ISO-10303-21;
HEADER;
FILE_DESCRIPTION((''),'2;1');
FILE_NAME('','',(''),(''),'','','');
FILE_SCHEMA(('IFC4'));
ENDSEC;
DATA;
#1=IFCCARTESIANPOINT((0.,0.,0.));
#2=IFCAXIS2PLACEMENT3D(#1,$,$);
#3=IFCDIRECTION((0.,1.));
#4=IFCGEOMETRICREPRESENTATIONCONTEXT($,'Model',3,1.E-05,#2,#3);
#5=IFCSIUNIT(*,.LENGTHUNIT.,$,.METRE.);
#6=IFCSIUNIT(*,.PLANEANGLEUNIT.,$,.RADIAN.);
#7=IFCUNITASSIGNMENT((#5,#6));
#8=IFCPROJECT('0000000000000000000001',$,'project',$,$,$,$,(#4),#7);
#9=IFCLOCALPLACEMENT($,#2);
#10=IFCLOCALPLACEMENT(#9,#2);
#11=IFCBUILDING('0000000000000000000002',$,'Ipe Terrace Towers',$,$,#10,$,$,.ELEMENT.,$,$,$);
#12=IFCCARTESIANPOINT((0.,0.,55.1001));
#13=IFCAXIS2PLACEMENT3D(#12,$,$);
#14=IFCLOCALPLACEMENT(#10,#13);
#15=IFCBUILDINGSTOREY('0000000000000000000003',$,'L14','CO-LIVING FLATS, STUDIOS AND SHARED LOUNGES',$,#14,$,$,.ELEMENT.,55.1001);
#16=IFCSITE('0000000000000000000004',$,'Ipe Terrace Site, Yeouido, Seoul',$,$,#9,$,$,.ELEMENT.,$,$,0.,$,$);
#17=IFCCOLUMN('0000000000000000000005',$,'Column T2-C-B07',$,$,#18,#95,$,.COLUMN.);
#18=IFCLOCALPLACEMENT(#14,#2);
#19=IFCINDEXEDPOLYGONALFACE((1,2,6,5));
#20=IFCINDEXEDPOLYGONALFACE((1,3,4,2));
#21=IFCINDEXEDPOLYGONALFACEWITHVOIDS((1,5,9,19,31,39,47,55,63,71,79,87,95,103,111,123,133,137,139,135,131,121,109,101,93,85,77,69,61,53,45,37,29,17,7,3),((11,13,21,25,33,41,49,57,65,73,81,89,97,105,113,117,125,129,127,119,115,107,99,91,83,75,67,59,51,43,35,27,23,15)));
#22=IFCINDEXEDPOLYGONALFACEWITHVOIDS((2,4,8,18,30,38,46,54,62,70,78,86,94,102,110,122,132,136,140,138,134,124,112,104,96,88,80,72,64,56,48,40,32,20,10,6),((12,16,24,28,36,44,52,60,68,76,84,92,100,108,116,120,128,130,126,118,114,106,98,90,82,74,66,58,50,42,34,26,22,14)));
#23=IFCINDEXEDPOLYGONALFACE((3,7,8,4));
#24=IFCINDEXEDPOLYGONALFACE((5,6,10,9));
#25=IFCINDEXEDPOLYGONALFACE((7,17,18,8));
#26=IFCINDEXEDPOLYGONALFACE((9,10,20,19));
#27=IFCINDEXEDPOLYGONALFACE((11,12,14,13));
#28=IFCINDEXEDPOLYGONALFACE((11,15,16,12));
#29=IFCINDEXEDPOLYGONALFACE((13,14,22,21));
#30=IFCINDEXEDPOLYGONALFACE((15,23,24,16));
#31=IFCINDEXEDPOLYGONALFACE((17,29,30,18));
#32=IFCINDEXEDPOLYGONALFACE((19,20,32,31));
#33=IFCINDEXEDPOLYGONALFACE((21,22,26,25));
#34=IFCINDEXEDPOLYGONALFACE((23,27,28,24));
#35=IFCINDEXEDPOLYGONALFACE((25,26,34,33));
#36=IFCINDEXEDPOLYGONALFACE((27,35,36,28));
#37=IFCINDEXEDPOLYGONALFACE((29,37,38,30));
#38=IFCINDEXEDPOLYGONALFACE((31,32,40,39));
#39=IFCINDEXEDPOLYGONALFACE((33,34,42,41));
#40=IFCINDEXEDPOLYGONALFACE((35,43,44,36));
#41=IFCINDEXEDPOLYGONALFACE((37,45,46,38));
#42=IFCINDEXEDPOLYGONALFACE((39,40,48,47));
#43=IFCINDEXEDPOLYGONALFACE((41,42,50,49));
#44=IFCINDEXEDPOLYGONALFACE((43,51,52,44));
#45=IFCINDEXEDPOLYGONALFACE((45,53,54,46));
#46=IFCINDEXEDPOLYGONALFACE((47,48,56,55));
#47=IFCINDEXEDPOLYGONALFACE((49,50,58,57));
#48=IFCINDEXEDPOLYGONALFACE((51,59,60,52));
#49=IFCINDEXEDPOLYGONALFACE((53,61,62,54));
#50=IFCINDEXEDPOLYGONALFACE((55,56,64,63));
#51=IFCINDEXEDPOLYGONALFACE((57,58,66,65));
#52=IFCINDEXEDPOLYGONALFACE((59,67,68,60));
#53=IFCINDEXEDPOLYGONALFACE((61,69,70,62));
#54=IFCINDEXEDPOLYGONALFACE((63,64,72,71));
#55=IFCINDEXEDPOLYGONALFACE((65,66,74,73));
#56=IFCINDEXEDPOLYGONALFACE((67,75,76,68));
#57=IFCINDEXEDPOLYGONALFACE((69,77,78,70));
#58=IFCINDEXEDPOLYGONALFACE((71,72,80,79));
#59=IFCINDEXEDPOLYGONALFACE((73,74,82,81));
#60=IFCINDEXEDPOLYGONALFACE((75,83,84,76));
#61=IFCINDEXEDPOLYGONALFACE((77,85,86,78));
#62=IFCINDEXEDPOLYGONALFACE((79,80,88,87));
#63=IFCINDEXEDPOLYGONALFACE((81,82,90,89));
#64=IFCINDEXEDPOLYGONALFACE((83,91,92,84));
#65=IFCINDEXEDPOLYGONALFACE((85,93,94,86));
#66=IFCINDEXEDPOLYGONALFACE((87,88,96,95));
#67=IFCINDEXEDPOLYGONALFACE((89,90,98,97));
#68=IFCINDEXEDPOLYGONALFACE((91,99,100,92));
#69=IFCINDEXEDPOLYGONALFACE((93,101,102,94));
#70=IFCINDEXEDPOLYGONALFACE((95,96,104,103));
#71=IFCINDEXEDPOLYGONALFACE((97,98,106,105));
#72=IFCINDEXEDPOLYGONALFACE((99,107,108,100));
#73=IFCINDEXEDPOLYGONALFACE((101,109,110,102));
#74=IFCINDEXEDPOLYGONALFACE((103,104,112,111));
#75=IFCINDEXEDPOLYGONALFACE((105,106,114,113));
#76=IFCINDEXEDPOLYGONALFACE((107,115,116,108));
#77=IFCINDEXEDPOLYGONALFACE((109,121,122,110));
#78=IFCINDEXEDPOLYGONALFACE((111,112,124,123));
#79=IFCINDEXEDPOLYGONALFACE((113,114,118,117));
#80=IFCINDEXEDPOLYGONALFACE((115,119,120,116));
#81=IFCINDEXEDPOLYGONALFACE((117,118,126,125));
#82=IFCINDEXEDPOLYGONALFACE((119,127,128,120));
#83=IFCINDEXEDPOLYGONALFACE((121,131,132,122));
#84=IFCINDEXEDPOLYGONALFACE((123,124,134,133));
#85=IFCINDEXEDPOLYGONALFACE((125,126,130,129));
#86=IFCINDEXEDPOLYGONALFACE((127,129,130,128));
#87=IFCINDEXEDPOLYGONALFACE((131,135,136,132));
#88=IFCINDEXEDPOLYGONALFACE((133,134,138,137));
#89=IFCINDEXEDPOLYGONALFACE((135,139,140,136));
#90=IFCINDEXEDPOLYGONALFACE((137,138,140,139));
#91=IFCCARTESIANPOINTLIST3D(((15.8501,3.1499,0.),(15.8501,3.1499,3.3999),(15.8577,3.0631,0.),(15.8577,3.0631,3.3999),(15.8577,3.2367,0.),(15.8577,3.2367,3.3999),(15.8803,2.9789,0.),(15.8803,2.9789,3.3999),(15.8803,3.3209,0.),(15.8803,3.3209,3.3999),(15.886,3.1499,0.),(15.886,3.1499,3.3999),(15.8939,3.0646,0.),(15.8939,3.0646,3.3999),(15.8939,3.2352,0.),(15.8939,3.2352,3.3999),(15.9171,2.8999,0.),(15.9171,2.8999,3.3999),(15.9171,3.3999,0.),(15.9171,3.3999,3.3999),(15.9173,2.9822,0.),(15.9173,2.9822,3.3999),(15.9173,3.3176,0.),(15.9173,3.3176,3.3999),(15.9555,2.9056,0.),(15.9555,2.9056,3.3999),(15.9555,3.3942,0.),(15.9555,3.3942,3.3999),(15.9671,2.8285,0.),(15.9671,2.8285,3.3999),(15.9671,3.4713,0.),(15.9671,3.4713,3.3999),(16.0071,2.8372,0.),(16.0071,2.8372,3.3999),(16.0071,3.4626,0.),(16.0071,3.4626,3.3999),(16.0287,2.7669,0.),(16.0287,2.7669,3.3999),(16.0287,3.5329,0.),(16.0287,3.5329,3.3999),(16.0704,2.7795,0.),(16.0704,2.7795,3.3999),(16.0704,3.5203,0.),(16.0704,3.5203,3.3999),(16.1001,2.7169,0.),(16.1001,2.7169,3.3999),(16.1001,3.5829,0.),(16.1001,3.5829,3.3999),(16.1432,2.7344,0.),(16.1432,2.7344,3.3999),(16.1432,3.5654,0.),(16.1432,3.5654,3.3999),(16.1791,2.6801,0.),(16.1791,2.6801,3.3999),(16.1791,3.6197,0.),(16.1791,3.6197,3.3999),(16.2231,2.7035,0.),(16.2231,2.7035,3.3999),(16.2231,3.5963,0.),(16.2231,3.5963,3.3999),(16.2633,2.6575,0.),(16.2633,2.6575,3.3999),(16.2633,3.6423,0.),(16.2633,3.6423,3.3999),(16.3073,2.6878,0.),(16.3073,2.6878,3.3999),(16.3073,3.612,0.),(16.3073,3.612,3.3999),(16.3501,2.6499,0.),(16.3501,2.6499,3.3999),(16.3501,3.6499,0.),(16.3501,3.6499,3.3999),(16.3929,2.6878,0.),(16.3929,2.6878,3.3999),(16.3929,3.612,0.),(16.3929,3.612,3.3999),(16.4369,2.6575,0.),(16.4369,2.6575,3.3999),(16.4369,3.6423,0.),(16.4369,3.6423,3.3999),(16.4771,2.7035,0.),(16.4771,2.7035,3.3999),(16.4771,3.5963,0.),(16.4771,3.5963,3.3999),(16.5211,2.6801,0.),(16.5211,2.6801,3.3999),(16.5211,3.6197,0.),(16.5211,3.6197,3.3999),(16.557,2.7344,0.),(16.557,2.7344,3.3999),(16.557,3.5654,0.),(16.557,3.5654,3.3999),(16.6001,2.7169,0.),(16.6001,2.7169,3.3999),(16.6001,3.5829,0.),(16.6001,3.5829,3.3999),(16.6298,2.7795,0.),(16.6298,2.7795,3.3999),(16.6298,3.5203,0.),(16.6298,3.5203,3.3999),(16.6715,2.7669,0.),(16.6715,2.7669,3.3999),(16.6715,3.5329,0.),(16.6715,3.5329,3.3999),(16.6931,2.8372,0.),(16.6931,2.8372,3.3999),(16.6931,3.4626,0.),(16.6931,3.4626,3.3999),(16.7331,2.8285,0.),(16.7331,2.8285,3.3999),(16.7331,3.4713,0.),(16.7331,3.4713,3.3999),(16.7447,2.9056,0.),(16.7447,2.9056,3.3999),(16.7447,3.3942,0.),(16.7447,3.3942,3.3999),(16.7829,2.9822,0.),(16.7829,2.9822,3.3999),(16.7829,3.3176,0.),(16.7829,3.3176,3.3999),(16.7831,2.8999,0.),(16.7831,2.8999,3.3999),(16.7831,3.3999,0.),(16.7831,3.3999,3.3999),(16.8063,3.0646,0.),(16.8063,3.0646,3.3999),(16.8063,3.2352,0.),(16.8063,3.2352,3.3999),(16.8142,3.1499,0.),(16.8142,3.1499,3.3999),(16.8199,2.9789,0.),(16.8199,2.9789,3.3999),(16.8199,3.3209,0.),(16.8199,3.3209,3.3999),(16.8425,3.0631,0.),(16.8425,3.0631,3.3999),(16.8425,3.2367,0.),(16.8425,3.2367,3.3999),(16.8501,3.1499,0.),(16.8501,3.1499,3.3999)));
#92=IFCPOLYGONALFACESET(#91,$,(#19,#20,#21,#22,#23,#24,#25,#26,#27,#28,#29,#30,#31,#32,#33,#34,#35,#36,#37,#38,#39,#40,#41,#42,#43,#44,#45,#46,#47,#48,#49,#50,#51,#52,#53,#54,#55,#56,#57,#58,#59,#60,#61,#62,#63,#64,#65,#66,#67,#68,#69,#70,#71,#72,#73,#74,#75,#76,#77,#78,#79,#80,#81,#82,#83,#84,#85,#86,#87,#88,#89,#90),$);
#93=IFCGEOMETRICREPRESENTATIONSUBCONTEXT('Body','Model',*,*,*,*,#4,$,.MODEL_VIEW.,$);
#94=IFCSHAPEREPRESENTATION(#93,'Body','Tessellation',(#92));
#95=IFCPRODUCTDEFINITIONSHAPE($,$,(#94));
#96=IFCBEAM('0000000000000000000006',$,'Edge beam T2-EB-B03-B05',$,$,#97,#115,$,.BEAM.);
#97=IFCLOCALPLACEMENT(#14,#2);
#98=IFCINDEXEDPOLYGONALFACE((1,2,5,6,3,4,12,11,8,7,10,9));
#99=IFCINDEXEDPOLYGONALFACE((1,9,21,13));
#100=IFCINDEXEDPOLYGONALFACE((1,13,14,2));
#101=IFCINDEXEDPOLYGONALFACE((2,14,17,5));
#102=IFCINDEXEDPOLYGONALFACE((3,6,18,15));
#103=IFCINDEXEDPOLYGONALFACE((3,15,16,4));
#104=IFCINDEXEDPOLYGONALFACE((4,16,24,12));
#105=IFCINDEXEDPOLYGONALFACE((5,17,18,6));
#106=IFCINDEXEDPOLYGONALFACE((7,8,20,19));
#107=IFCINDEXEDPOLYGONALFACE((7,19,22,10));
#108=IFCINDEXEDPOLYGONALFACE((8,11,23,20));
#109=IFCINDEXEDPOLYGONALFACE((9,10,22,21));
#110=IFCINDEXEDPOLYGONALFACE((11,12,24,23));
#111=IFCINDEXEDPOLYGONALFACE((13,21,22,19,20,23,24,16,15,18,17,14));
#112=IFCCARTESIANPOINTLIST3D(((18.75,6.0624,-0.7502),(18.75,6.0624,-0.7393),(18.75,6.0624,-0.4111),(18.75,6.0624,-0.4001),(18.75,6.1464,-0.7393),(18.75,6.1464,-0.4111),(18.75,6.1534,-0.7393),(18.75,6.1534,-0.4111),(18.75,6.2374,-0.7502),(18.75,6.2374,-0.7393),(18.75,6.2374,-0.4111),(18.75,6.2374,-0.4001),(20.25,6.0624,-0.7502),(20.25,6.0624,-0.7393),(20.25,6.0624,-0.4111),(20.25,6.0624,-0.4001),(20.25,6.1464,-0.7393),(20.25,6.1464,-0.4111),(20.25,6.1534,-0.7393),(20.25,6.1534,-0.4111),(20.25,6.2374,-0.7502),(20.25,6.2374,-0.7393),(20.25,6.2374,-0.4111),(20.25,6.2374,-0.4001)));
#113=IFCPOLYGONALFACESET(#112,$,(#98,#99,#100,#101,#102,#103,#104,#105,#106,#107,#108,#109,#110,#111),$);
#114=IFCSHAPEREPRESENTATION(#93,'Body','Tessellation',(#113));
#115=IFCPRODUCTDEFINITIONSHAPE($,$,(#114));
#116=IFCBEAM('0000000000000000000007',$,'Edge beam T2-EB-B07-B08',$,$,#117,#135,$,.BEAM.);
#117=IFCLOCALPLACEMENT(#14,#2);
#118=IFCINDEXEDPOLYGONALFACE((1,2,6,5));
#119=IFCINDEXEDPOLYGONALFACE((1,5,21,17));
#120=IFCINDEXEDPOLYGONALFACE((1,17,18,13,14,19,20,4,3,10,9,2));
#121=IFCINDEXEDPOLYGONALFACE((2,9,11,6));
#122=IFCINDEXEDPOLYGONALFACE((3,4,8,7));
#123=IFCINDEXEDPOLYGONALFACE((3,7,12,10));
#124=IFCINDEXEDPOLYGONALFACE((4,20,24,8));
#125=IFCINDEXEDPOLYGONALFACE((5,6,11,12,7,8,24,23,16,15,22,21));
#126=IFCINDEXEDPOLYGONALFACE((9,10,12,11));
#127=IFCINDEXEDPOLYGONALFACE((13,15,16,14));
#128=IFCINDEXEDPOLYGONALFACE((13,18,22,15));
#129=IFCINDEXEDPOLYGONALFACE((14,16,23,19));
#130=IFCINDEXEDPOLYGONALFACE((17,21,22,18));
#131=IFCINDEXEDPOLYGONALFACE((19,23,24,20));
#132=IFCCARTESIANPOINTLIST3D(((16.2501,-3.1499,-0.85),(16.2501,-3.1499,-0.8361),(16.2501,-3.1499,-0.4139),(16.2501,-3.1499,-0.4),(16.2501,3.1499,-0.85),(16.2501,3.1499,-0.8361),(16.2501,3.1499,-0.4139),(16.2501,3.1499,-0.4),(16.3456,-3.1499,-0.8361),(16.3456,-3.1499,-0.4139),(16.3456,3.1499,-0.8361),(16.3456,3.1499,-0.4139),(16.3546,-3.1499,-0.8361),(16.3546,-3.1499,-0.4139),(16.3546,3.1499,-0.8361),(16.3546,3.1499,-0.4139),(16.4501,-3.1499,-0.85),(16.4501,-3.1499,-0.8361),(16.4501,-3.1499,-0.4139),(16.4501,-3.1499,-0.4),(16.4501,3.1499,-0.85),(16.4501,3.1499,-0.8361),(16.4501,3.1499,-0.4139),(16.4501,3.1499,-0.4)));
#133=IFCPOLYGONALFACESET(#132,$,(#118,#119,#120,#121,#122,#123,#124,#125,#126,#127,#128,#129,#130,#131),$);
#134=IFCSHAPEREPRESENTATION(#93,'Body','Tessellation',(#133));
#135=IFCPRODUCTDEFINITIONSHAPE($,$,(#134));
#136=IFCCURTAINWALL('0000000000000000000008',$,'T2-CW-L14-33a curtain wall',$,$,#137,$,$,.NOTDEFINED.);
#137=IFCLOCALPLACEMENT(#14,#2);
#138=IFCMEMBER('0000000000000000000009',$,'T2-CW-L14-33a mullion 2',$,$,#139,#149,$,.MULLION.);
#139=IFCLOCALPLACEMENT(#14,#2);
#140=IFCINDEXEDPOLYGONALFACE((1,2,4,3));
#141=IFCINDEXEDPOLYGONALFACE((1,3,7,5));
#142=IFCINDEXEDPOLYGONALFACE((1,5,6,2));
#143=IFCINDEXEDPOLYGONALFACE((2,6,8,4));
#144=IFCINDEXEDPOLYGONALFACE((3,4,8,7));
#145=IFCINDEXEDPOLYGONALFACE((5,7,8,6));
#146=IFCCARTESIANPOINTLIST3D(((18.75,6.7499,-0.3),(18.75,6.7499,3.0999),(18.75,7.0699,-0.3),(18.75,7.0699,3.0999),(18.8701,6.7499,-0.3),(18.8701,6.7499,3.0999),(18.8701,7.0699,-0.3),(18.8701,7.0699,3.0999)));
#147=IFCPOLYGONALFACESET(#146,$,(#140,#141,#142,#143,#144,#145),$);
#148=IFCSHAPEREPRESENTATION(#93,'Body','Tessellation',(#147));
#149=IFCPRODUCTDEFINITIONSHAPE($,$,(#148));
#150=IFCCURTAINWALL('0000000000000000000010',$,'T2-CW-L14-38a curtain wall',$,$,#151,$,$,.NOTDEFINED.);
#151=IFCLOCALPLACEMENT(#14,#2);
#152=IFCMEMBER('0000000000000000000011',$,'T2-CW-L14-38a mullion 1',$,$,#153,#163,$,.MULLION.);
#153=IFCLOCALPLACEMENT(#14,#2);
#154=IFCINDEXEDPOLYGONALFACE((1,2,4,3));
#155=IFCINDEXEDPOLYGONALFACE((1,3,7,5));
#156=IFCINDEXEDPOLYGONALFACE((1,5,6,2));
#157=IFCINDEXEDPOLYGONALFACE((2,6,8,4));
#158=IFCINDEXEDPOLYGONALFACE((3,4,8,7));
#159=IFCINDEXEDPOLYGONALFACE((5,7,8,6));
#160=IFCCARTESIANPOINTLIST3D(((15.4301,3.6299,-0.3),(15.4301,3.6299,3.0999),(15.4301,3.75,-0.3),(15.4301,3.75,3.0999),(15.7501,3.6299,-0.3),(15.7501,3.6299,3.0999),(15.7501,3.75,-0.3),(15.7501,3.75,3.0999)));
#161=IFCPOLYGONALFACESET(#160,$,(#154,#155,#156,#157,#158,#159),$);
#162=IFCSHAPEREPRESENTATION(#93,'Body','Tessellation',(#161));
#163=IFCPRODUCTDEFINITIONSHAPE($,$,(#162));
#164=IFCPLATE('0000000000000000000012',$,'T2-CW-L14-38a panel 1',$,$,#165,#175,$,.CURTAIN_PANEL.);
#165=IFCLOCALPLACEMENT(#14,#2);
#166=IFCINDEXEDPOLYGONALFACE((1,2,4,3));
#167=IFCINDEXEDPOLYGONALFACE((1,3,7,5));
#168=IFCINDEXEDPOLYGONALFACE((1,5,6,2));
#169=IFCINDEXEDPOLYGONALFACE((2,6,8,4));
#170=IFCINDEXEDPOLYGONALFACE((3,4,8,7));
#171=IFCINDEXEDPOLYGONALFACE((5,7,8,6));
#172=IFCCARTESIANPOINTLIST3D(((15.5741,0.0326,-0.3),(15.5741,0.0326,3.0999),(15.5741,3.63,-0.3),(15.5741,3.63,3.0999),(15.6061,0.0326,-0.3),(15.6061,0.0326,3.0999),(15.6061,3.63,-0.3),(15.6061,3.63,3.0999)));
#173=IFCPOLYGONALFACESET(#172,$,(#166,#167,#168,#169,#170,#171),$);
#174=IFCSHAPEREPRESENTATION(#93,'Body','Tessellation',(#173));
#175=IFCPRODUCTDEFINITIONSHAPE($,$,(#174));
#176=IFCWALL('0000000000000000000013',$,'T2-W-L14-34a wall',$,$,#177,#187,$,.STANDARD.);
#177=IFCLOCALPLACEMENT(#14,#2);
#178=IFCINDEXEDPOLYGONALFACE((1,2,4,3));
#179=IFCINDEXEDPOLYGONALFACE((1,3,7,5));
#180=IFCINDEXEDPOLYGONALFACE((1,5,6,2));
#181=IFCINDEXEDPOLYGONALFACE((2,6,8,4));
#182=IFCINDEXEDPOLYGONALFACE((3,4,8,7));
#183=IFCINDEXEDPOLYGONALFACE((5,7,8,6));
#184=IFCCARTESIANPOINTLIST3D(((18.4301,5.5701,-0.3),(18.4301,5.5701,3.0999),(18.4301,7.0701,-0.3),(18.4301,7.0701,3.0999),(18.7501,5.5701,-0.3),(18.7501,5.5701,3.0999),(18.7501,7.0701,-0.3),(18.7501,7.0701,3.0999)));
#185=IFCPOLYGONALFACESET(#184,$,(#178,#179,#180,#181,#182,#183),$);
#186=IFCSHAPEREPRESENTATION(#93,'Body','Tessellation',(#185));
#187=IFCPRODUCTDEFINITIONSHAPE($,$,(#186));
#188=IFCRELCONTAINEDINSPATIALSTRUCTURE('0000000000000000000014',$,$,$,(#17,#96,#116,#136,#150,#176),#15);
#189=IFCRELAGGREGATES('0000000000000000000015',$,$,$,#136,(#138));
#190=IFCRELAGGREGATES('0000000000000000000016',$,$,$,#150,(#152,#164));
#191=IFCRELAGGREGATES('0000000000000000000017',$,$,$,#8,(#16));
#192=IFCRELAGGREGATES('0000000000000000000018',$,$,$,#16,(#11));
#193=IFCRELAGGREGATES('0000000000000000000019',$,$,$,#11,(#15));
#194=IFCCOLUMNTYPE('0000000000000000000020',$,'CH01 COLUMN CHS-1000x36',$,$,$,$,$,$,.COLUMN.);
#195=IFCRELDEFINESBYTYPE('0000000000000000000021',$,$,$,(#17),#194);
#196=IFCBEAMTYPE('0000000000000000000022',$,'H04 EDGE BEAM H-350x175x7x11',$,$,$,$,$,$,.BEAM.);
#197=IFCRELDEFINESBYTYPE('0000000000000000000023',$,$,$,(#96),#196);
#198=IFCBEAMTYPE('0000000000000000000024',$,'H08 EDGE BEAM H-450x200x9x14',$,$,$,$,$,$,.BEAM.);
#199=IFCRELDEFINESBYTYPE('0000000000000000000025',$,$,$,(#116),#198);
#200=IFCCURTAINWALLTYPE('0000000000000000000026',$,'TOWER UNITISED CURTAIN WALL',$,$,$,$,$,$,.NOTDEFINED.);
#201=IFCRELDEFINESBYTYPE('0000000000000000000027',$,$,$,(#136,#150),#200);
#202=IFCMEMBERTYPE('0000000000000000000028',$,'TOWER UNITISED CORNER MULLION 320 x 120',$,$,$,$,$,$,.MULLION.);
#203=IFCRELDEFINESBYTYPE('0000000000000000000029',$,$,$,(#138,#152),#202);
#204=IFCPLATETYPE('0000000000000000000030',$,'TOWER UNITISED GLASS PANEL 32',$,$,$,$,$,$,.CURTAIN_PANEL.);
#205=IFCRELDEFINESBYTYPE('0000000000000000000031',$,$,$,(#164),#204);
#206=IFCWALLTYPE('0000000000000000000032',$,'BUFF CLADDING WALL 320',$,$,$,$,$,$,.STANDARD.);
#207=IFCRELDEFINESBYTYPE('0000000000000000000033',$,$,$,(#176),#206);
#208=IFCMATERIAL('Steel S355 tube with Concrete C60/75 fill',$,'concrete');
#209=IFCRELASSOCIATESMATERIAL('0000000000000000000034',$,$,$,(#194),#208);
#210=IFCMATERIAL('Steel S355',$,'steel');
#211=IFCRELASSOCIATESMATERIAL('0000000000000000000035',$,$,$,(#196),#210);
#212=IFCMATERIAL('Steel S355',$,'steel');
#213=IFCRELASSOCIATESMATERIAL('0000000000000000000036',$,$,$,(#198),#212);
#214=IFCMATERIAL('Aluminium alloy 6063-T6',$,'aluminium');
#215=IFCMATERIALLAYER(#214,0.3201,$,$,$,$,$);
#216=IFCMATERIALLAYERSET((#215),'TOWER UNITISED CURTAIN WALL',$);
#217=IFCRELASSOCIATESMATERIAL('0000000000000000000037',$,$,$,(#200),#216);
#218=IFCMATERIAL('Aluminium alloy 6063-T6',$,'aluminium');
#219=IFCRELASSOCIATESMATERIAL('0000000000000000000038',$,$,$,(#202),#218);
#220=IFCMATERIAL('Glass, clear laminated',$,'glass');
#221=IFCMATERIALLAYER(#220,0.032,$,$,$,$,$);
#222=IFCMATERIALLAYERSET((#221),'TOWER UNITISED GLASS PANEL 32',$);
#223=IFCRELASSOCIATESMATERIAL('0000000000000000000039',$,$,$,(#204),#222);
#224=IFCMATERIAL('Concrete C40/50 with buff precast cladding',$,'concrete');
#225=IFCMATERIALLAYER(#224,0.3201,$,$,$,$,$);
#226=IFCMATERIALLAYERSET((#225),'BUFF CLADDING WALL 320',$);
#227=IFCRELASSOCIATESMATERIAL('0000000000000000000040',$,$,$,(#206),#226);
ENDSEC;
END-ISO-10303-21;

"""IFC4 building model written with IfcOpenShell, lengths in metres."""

from ifc_helpers import new_model, si_unit, direction, frame, frame_2d, origin, origin_2d, place, context, subcontext, project, spatial, rectangle, hollow_circle, i_section, extrude, material, layer, layer_set, material_profile, profile_set, type_object, element, aggregate, save


model = new_model("IFC4")

# Units and contexts
model_context = context("Model", 3, precision=1e-05, world=origin(), true_north=direction((0.0, 1.0)))
body_context = subcontext(model_context, "Body", "Model", "MODEL_VIEW")
ifc_project = project(units=[si_unit("LENGTHUNIT", "METRE"), si_unit("PLANEANGLEUNIT", "RADIAN")], contexts=[model_context])

# Site, building, storey
site_placement = place(None, origin())
site = spatial("IfcSite", under=ifc_project, at=site_placement, Name="Ipe Terrace Site, Yeouido, Seoul", CompositionType="ELEMENT", RefElevation=0.0)
building_placement = place(site_placement, origin())
building = spatial("IfcBuilding", under=site, at=building_placement, Name="Ipe Terrace Towers", CompositionType="ELEMENT")
storey_placement = place(building_placement, frame((0.0, 0.0, 55.1001)))
storey = spatial("IfcBuildingStorey", under=building, at=storey_placement, Name="L14", Description="CO-LIVING FLATS, STUDIOS AND SHARED LOUNGES", CompositionType="ELEMENT", Elevation=55.1001)

# Column
ifc_material_1 = material(Name="Steel S355 tube with Concrete C60/75 fill", Category="concrete")
ifc_material_profile_1 = material_profile(ifc_material_1, hollow_circle(Radius=0.5, WallThickness=0.0359, at=origin_2d()), Name="CHS-1000x36")
ifc_profile_set_1 = profile_set([ifc_material_profile_1], Name="Steel S355 tube with Concrete C60/75 fill")
column_type = type_object("IfcColumnType", Name="CH01 COLUMN CHS-1000x36", PredefinedType="COLUMN", material=ifc_profile_set_1)
for number, where, z_axis, x_axis, name in (
    (1, (16.3501, 3.1499, 0.0), (0.0, 0.0, 1.0), (1.0, 0.0, 0.0), "Column T2-C-B07"),
):
    element("IfcColumn", number, at=place(storey_placement, frame(where, z_axis=z_axis, x_axis=x_axis)), inside=storey, type_object=column_type, Name=name, PredefinedType="COLUMN", context=body_context, shape_type="SweptSolid", body=[
        extrude(hollow_circle(Radius=0.5, WallThickness=0.0359, at=origin_2d()), origin(), (0.0, 0.0, 1.0), 3.3999),
    ])

# Beams
ifc_material_2 = material(Name="Steel S355", Category="steel")
ifc_material_profile_2 = material_profile(ifc_material_2, i_section(OverallWidth=0.175, OverallDepth=0.3501, WebThickness=0.0071, FlangeThickness=0.011, at=origin_2d()), Name="H-350x175x7x11")
ifc_profile_set_2 = profile_set([ifc_material_profile_2], Name="Steel S355")
beam_type_1 = type_object("IfcBeamType", Name="H04 EDGE BEAM H-350x175x7x11", PredefinedType="BEAM", material=ifc_profile_set_2)
beam_1_placement = place(storey_placement, frame((20.25, 6.1499, -0.5752), z_axis=(-1.0, 0.0, 0.0), x_axis=(0.0, -1.0, 0.0)))
element("IfcBeam", 2, at=beam_1_placement, inside=storey, type_object=beam_type_1, Name="Edge beam T2-EB-B03-B05", PredefinedType="BEAM", context=body_context, shape_type="SweptSolid", body=[
    extrude(i_section(OverallWidth=0.175, OverallDepth=0.3501, WebThickness=0.0071, FlangeThickness=0.011, at=origin_2d()), origin(), (0.0, 0.0, 1.0), 1.5),
])
ifc_material_3 = material(Name="Steel S355", Category="steel")
ifc_material_profile_3 = material_profile(ifc_material_3, i_section(OverallWidth=0.2, OverallDepth=0.45, WebThickness=0.009, FlangeThickness=0.0139, at=origin_2d()), Name="H-450x200x9x14")
ifc_profile_set_3 = profile_set([ifc_material_profile_3], Name="Steel S355")
beam_type_2 = type_object("IfcBeamType", Name="H08 EDGE BEAM H-450x200x9x14", PredefinedType="BEAM", material=ifc_profile_set_3)
beam_2_placement = place(storey_placement, frame((16.3501, 3.1499, -0.625), z_axis=(0.0, -1.0, 0.0), x_axis=(1.0, 0.0, 0.0)))
element("IfcBeam", 3, at=beam_2_placement, inside=storey, type_object=beam_type_2, Name="Edge beam T2-EB-B07-B08", PredefinedType="BEAM", context=body_context, shape_type="SweptSolid", body=[
    extrude(i_section(OverallWidth=0.2, OverallDepth=0.45, WebThickness=0.009, FlangeThickness=0.0139, at=origin_2d()), origin(), (0.0, 0.0, 1.0), 6.2998),
])

# Curtain wall, member
ifc_material_4 = material(Name="Aluminium alloy 6063-T6", Category="aluminium")
ifc_layer_1 = layer(ifc_material_4, 0.3201)
ifc_layer_set_1 = layer_set([ifc_layer_1], Name="TOWER UNITISED CURTAIN WALL")
curtain_wall_type = type_object("IfcCurtainWallType", Name="TOWER UNITISED CURTAIN WALL", PredefinedType="NOTDEFINED", material=ifc_layer_set_1)
curtain_wall_1_placement = place(storey_placement, origin())
curtain_wall_1 = element("IfcCurtainWall", 4, at=curtain_wall_1_placement, inside=storey, type_object=curtain_wall_type, Name="T2-CW-L14-33a curtain wall", PredefinedType="NOTDEFINED")
ifc_material_5 = material(Name="Aluminium alloy 6063-T6", Category="aluminium")
ifc_material_profile_4 = material_profile(ifc_material_5, rectangle(XDim=0.3201, YDim=0.1201, at=origin_2d()), Name="TOWER UNITISED CORNER MULLION 320 x 120")
ifc_profile_set_4 = profile_set([ifc_material_profile_4], Name="Aluminium alloy 6063-T6")
member_type = type_object("IfcMemberType", Name="TOWER UNITISED CORNER MULLION 320 x 120", PredefinedType="MULLION", material=ifc_profile_set_4)
member_1_placement = place(storey_placement, frame((18.8101, 6.9099, -0.3), z_axis=(0.0, 0.0, 1.0), x_axis=(0.0, 1.0, 0.0)))
member_1 = element("IfcMember", 5, at=member_1_placement, type_object=member_type, Name="T2-CW-L14-33a mullion 2", PredefinedType="MULLION", context=body_context, shape_type="SweptSolid", body=[
    extrude(rectangle(XDim=0.3201, YDim=0.1201, at=origin_2d()), origin(), (0.0, 0.0, 1.0), 3.3999),
])
aggregate(curtain_wall_1, [member_1])

# Curtain wall, member, plate
curtain_wall_2_placement = place(storey_placement, origin())
curtain_wall_2 = element("IfcCurtainWall", 6, at=curtain_wall_2_placement, inside=storey, type_object=curtain_wall_type, Name="T2-CW-L14-38a curtain wall", PredefinedType="NOTDEFINED")
member_2_placement = place(storey_placement, frame((15.5901, 3.6899, -0.3), z_axis=(0.0, 0.0, 1.0), x_axis=(-1.0, 0.0, 0.0)))
member_2 = element("IfcMember", 7, at=member_2_placement, type_object=member_type, Name="T2-CW-L14-38a mullion 1", PredefinedType="MULLION", context=body_context, shape_type="SweptSolid", body=[
    extrude(rectangle(XDim=0.3201, YDim=0.1201, at=origin_2d()), origin(), (0.0, 0.0, 1.0), 3.3999),
])
ifc_material_6 = material(Name="Glass, clear laminated", Category="glass")
ifc_layer_2 = layer(ifc_material_6, 0.032)
ifc_layer_set_2 = layer_set([ifc_layer_2], Name="TOWER UNITISED GLASS PANEL 32")
plate_type = type_object("IfcPlateType", Name="TOWER UNITISED GLASS PANEL 32", PredefinedType="CURTAIN_PANEL", material=ifc_layer_set_2)
plate_placement = place(storey_placement, frame((15.5901, 1.8313, -0.3), z_axis=(0.0, 0.0, 1.0), x_axis=(0.0, -1.0, 0.0)))
plate = element("IfcPlate", 8, at=plate_placement, type_object=plate_type, Name="T2-CW-L14-38a panel 1", PredefinedType="CURTAIN_PANEL", context=body_context, shape_type="SweptSolid", body=[
    extrude(rectangle(XDim=3.5974, YDim=0.032, at=origin_2d()), origin(), (0.0, 0.0, 1.0), 3.3999),
])
aggregate(curtain_wall_2, [member_2, plate])

# Wall
ifc_material_7 = material(Name="Concrete C40/50 with buff precast cladding", Category="concrete")
ifc_layer_3 = layer(ifc_material_7, 0.3201)
ifc_layer_set_3 = layer_set([ifc_layer_3], Name="BUFF CLADDING WALL 320")
wall_type_1 = type_object("IfcWallType", Name="BUFF CLADDING WALL 320", PredefinedType="STANDARD", material=ifc_layer_set_3)
wall_1_placement = place(storey_placement, frame((18.5901, 7.0701, -0.3), z_axis=(0.0, 0.0, 1.0), x_axis=(0.0, -1.0, 0.0)))
element("IfcWall", 9, at=wall_1_placement, inside=storey, type_object=wall_type_1, Name="T2-W-L14-34a wall", PredefinedType="STANDARD", context=body_context, shape_type="SweptSolid", body=[
    extrude(rectangle(XDim=1.5, YDim=0.3201, at=frame_2d((0.75, 0.0))), origin(), (0.0, 0.0, 1.0), 3.3999),
])

save(model, "model.ifc")
